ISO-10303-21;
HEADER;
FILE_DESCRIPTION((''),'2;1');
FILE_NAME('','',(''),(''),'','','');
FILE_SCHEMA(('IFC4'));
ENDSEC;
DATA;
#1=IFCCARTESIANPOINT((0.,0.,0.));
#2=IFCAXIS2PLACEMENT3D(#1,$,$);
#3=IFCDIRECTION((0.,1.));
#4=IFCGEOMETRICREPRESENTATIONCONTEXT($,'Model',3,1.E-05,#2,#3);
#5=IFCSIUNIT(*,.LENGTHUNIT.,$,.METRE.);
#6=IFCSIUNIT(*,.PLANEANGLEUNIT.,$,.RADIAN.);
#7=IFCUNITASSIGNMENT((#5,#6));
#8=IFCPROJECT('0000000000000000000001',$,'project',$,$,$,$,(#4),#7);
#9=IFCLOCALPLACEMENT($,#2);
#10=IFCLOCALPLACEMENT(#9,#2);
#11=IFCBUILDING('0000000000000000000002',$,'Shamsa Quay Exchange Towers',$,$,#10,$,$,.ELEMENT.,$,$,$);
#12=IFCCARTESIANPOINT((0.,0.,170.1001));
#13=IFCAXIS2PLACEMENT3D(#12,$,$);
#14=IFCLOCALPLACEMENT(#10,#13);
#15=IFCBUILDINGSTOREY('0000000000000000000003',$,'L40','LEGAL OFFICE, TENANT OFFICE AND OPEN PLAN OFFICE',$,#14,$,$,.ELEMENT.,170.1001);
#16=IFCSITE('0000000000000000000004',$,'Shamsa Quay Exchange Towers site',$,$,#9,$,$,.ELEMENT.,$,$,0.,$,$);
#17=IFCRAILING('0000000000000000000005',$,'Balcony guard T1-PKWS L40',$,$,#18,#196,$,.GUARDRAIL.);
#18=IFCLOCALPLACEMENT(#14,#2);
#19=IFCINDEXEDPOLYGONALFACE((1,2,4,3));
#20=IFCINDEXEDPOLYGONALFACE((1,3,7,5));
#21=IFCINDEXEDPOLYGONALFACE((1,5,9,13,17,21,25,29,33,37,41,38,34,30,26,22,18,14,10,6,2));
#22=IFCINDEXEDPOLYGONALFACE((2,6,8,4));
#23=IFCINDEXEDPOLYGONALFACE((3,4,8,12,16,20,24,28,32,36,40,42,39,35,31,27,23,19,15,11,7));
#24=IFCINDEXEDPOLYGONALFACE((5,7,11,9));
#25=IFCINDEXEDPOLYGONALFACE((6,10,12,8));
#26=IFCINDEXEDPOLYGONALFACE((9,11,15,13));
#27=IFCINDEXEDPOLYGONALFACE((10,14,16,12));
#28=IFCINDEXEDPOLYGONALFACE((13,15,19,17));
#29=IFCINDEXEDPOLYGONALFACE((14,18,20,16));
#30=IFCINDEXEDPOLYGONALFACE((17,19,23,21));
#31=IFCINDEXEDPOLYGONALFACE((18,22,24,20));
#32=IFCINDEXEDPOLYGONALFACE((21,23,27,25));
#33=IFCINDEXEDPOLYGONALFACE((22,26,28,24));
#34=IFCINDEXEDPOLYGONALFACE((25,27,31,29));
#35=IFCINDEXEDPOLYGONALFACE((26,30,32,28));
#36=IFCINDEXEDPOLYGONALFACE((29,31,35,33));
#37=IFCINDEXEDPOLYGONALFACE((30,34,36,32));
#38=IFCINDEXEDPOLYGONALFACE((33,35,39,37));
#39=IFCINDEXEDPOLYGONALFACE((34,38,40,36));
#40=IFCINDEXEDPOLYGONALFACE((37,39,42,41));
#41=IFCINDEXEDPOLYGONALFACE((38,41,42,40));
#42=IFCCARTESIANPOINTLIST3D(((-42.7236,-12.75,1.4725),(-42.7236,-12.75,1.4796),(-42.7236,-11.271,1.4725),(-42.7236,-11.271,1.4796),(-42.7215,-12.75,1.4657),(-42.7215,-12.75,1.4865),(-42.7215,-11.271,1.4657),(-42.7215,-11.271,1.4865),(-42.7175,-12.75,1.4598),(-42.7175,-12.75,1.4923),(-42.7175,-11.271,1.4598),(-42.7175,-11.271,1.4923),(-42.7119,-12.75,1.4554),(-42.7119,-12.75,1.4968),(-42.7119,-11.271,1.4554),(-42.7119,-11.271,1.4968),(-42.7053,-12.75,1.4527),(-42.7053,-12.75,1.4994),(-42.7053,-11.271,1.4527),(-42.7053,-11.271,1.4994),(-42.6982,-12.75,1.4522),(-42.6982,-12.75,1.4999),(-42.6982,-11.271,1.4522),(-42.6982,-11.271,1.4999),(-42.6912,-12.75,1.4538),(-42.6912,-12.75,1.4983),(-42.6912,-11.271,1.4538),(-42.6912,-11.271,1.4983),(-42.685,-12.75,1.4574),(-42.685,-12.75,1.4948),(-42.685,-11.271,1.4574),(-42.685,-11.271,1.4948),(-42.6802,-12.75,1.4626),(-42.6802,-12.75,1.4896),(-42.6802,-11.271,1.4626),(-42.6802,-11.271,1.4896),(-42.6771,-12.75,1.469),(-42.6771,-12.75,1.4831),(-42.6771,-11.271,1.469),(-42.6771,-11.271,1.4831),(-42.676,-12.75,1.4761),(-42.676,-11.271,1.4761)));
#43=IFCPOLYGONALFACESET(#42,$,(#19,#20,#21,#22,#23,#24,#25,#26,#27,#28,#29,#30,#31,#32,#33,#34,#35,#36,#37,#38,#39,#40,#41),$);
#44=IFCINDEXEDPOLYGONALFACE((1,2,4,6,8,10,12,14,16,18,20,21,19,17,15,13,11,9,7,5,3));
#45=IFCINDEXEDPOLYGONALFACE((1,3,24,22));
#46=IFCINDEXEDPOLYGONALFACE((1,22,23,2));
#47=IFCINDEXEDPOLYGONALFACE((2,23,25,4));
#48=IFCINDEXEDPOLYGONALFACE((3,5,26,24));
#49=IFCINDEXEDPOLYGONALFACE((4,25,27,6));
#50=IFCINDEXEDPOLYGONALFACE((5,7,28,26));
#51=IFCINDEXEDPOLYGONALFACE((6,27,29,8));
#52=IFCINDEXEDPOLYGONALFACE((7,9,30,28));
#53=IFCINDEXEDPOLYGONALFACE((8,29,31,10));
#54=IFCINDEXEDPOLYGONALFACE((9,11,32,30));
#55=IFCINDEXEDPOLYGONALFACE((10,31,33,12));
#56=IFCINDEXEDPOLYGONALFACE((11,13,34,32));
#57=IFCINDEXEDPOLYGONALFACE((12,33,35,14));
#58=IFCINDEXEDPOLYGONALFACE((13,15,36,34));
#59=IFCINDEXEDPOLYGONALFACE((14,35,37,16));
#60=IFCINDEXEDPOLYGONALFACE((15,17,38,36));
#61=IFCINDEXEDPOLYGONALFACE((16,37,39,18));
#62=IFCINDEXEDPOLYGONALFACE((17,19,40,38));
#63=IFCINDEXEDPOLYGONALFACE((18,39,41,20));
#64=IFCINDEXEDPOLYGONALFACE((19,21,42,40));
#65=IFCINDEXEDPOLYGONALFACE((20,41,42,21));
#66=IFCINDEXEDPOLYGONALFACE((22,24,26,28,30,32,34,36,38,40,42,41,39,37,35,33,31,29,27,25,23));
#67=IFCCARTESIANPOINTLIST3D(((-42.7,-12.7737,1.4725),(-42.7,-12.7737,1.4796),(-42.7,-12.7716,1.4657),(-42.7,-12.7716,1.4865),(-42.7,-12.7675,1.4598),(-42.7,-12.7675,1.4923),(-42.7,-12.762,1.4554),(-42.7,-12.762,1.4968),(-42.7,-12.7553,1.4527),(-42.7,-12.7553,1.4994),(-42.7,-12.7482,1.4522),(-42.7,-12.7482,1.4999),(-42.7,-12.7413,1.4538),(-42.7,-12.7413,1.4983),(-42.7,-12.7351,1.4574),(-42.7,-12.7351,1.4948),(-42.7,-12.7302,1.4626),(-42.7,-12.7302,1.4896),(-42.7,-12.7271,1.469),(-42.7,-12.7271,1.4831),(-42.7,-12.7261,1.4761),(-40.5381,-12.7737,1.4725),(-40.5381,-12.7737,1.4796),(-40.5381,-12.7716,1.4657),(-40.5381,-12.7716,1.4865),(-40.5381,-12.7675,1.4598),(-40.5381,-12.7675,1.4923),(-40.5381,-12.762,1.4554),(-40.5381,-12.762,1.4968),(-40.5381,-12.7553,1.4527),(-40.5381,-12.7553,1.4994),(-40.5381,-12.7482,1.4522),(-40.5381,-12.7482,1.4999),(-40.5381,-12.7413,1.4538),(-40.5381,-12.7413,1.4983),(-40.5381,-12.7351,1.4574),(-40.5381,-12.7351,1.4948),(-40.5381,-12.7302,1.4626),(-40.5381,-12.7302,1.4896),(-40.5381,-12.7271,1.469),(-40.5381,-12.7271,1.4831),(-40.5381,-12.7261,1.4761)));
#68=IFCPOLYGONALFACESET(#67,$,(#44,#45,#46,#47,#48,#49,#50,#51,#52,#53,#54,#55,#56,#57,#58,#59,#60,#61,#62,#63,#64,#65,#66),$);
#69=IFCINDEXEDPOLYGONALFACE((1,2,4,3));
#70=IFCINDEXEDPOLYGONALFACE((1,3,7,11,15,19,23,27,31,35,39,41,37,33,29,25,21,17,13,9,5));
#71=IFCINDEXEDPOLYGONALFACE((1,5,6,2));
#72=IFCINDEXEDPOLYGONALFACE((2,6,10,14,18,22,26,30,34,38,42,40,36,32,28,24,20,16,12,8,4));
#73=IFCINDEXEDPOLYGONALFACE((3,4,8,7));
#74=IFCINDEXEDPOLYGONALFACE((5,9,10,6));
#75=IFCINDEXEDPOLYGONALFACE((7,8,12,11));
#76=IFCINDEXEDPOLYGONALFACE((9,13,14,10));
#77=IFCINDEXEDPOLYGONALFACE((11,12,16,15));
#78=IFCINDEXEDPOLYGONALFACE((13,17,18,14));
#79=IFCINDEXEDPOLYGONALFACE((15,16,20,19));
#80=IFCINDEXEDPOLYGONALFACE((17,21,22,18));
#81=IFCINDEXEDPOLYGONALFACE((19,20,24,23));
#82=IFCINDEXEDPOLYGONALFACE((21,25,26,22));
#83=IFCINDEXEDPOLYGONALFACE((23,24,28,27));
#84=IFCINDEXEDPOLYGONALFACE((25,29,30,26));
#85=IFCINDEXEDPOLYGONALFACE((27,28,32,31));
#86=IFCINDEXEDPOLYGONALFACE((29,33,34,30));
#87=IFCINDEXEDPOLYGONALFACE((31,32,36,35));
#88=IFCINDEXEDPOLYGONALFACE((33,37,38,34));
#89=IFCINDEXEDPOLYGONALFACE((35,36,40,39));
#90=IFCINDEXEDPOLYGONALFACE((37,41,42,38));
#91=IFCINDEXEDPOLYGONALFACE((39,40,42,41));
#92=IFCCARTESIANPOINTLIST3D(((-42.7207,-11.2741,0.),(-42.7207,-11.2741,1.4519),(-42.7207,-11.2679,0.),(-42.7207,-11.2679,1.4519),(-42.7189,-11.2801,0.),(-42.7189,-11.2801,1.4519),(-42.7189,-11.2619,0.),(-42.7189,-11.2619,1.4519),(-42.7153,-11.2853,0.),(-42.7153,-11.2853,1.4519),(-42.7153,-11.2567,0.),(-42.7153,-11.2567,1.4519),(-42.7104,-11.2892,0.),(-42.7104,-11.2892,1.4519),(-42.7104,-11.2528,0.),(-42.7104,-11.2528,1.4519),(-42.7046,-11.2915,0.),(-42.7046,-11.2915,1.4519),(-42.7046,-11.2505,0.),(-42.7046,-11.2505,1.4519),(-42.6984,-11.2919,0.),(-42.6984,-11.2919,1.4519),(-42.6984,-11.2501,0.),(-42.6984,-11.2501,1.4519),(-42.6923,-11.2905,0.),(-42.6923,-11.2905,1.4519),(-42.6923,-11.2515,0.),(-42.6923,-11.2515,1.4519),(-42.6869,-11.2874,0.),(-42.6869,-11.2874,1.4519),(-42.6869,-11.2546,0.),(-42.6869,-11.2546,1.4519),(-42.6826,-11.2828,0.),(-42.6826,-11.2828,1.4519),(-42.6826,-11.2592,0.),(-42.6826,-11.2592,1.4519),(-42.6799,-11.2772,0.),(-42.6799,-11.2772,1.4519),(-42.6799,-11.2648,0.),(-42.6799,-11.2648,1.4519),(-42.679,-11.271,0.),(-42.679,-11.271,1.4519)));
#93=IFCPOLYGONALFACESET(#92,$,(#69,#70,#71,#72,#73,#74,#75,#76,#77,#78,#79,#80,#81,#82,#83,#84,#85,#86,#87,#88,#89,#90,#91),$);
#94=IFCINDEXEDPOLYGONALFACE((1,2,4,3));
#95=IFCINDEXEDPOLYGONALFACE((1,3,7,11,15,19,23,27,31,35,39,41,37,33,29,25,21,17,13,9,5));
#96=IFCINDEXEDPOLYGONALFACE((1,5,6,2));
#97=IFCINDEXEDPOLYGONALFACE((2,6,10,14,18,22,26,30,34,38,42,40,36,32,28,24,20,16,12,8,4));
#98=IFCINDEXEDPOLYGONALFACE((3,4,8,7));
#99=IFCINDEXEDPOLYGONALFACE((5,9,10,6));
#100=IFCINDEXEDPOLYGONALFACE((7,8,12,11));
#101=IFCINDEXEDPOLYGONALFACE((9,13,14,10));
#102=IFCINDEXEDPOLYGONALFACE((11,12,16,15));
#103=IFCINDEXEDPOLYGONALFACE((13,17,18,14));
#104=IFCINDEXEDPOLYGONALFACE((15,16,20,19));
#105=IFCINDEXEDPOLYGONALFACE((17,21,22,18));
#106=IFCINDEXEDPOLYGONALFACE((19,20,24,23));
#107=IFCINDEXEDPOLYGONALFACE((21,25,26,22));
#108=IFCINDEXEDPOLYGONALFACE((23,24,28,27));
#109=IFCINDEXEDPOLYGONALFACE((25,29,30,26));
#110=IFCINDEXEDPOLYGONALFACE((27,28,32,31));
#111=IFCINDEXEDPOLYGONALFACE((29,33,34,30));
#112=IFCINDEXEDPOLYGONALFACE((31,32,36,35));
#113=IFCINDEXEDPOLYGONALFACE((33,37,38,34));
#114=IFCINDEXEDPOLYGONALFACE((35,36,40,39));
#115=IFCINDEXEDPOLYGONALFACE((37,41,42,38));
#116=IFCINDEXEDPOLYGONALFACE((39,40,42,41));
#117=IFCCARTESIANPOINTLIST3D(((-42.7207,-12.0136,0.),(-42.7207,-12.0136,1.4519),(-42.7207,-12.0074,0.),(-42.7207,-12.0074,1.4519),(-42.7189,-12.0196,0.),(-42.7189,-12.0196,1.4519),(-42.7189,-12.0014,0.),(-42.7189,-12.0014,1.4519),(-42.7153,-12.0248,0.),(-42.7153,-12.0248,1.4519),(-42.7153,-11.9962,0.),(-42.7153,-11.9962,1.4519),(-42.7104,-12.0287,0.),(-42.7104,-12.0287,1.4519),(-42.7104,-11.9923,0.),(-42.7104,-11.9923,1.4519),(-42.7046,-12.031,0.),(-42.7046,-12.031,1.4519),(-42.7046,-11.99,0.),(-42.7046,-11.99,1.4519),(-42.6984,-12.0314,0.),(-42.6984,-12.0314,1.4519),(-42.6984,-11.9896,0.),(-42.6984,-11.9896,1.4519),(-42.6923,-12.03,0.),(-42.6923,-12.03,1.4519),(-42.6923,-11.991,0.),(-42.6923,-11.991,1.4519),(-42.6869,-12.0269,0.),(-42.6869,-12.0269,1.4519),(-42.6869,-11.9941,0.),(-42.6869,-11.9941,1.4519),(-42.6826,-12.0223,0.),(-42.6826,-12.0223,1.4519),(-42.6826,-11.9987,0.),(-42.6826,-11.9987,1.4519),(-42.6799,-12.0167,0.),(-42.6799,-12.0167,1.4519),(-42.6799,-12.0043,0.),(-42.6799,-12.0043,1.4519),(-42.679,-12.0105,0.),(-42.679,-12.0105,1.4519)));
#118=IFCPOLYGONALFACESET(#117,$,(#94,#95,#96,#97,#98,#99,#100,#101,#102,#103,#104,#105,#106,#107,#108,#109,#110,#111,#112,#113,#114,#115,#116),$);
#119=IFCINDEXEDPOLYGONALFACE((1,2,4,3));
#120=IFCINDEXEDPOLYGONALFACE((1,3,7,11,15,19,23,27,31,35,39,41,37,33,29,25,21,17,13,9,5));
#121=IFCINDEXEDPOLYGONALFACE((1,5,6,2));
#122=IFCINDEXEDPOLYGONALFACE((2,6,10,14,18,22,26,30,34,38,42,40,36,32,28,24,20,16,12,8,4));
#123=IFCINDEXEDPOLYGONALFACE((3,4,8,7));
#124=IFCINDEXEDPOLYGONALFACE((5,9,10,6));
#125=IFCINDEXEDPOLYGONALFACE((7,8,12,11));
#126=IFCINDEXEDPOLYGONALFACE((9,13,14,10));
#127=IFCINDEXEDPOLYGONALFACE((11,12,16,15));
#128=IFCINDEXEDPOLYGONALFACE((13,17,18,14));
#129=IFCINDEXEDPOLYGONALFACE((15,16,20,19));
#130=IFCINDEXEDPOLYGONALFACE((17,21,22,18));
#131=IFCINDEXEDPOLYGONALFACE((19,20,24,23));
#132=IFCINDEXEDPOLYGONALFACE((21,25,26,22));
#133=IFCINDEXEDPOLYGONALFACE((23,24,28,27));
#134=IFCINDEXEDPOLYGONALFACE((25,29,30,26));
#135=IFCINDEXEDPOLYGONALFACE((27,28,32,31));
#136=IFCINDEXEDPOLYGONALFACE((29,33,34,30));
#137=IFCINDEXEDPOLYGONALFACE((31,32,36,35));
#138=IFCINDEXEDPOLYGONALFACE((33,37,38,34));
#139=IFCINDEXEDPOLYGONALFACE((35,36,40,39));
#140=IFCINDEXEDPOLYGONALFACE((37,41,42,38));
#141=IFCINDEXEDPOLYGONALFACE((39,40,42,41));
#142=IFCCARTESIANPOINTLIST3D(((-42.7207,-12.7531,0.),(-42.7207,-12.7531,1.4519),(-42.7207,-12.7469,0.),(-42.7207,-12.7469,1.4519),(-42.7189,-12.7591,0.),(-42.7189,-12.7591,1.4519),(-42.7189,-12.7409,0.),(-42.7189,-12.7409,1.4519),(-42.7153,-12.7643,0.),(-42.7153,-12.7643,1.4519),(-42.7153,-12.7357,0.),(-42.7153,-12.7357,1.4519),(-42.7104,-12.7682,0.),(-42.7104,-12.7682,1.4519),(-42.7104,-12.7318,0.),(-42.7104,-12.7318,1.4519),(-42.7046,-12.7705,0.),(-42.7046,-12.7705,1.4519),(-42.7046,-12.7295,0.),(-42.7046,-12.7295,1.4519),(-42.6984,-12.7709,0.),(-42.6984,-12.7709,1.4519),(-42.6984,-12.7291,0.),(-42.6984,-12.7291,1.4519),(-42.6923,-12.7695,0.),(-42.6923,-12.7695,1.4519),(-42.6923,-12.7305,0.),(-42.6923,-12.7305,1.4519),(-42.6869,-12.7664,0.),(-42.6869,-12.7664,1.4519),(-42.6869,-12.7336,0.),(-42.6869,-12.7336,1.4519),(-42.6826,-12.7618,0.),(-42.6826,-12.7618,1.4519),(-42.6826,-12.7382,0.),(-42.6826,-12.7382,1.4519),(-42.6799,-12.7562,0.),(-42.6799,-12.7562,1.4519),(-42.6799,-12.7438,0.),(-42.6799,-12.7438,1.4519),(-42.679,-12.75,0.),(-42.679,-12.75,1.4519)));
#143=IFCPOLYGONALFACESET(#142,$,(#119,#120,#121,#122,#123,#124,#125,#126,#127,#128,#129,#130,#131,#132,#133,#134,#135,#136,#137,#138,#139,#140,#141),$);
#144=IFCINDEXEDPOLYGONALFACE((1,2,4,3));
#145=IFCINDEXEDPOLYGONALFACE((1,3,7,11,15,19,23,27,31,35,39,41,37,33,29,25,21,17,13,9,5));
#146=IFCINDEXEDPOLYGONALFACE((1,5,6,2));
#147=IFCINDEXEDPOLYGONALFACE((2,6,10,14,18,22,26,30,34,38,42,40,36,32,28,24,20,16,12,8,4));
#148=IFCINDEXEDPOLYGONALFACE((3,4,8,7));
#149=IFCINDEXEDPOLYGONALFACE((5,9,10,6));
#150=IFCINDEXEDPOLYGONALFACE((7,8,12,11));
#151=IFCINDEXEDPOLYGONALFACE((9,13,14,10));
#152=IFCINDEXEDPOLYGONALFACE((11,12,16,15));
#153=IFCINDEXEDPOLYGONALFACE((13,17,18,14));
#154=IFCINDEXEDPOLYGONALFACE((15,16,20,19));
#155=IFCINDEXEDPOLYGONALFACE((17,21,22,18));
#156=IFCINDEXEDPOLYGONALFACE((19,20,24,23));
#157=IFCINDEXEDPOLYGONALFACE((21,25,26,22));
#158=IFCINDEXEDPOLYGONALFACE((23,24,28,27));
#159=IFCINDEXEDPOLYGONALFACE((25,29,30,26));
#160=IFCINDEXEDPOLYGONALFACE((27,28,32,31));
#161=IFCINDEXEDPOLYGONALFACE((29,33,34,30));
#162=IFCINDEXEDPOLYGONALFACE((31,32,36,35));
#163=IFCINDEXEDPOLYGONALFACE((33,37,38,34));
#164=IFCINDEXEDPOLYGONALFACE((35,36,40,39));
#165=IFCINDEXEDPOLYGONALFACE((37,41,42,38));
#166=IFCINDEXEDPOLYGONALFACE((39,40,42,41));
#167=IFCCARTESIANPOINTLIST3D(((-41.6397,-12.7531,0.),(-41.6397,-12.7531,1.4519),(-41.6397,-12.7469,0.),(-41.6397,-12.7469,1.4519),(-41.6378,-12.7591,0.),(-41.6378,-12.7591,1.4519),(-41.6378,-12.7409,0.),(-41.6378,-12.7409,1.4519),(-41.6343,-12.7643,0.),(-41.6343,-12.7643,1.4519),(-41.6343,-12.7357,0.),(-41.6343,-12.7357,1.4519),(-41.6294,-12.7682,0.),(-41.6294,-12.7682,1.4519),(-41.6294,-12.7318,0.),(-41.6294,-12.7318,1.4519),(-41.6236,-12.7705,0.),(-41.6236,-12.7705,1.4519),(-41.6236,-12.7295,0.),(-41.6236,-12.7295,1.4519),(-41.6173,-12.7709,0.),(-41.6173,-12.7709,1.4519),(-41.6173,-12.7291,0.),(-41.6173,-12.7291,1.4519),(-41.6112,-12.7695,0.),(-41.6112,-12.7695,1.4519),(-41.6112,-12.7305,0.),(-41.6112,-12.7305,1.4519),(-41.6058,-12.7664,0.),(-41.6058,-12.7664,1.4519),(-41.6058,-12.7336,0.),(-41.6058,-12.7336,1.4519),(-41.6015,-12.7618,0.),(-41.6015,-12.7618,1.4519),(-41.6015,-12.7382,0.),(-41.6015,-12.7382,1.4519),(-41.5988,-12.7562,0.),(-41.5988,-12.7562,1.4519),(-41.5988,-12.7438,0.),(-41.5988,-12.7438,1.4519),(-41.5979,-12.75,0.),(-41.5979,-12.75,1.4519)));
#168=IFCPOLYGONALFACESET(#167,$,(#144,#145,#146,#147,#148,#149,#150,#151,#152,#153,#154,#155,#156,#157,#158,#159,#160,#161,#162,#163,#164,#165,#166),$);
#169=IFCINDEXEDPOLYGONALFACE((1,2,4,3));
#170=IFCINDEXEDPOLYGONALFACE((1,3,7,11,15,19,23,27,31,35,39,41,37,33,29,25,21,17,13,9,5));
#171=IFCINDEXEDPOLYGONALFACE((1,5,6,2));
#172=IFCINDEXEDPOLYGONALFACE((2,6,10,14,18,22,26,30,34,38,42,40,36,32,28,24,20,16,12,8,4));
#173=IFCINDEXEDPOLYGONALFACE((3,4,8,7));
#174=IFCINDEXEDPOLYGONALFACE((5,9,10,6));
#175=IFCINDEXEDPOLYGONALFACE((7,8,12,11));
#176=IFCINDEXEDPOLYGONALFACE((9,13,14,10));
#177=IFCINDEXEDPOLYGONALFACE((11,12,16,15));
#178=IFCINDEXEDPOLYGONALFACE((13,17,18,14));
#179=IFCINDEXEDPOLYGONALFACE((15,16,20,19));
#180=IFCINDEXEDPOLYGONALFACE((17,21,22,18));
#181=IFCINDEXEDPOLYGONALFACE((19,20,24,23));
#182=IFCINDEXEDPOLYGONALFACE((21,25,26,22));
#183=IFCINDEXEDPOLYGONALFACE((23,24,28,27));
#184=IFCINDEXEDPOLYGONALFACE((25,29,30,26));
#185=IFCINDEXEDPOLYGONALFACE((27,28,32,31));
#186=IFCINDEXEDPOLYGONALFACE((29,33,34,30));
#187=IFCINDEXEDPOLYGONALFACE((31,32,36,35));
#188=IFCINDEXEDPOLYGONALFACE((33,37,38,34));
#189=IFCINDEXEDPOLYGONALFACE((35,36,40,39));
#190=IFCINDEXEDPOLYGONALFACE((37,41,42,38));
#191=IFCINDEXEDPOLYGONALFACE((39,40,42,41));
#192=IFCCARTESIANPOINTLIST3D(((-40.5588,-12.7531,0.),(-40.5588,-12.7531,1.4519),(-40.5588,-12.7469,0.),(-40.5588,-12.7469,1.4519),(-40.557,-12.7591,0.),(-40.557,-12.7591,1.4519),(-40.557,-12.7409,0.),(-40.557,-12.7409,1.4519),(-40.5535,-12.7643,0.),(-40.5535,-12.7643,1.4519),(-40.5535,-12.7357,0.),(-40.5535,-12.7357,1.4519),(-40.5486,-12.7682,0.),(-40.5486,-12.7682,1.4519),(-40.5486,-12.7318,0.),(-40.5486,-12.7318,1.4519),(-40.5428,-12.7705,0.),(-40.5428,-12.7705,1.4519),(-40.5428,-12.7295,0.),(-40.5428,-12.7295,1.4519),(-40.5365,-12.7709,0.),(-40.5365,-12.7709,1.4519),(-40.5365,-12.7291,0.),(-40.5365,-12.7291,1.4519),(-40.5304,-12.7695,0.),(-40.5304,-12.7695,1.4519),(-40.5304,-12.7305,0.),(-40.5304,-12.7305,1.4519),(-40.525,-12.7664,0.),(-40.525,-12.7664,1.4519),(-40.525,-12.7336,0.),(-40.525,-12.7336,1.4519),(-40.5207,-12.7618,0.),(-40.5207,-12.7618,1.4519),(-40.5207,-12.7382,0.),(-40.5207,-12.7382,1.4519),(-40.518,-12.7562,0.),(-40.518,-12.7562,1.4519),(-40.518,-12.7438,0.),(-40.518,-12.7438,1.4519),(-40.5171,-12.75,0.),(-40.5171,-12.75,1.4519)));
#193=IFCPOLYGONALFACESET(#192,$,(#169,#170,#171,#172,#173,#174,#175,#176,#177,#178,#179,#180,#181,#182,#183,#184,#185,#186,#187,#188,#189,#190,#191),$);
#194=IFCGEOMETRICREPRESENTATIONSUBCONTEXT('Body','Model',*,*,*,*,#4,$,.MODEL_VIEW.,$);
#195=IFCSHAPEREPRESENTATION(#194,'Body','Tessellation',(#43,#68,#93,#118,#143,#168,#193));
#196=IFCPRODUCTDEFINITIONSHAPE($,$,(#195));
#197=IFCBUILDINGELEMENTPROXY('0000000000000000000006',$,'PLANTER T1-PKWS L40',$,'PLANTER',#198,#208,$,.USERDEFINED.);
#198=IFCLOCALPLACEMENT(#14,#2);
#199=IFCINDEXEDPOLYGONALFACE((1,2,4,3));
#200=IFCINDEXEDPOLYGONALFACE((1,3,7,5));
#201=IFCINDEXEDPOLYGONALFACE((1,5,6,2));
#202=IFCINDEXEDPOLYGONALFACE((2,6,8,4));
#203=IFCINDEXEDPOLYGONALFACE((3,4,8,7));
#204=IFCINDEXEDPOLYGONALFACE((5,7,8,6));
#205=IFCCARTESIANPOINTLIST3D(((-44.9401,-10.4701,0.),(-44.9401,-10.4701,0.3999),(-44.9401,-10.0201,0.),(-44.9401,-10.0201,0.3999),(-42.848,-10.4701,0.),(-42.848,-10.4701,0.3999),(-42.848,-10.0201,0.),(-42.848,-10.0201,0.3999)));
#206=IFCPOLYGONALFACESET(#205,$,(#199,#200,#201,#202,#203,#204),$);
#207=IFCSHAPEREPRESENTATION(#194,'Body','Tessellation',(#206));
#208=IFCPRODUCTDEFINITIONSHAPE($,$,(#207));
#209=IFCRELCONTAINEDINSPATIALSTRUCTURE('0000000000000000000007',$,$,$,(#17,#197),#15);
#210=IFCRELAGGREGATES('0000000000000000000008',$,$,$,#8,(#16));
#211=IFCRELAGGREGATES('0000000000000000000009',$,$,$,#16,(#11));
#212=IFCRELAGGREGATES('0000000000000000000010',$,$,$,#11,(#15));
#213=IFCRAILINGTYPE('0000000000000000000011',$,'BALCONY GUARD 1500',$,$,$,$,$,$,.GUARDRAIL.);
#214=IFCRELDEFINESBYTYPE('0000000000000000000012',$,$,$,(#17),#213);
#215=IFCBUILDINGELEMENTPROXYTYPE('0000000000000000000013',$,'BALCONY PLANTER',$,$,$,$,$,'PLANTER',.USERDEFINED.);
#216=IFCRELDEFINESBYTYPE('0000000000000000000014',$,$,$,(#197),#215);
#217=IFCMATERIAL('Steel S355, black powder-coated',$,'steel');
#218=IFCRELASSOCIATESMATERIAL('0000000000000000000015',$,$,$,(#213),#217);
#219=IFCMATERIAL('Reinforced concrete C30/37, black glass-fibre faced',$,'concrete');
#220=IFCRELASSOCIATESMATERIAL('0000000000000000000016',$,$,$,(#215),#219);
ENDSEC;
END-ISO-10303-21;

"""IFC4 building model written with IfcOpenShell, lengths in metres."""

from ifc_helpers import new_model, si_unit, direction, frame, origin, origin_2d, place, context, subcontext, project, spatial, rectangle, circle, extrude, material, type_object, element, save


model = new_model("IFC4")

# Units and contexts
model_context = context("Model", 3, precision=1e-05, world=origin(), true_north=direction((0.0, 1.0)))
body_context = subcontext(model_context, "Body", "Model", "MODEL_VIEW")
ifc_project = project(units=[si_unit("LENGTHUNIT", "METRE"), si_unit("PLANEANGLEUNIT", "RADIAN")], contexts=[model_context])

# Site, building, storey
site_placement = place(None, origin())
site = spatial("IfcSite", under=ifc_project, at=site_placement, Name="Shamsa Quay Exchange Towers site", CompositionType="ELEMENT", RefElevation=0.0)
building_placement = place(site_placement, origin())
building = spatial("IfcBuilding", under=site, at=building_placement, Name="Shamsa Quay Exchange Towers", CompositionType="ELEMENT")
storey_placement = place(building_placement, frame((0.0, 0.0, 170.1001)))
storey = spatial("IfcBuildingStorey", under=building, at=storey_placement, Name="L40", Description="LEGAL OFFICE, TENANT OFFICE AND OPEN PLAN OFFICE", CompositionType="ELEMENT", Elevation=170.1001)

# Railing
ifc_material_1 = material(Name="Steel S355, black powder-coated", Category="steel")
railing_type_1 = type_object("IfcRailingType", Name="BALCONY GUARD 1500", PredefinedType="GUARDRAIL", material=ifc_material_1)
for number, where, name in (
    (1, (-42.7, -11.271, 0.0), "Balcony guard T1-PKWS L40"),
):
    element("IfcRailing", number, at=place(storey_placement, frame(where)), inside=storey, type_object=railing_type_1, Name=name, PredefinedType="GUARDRAIL", context=body_context, shape_type="SweptSolid", body=[
        extrude(circle(Radius=0.0239, at=origin_2d()), frame((0.0, 0.0, 1.4761), z_axis=(0.0, -1.0, 0.0), x_axis=(1.0, 0.0, 0.0)), (0.0, 0.0, 1.0), 1.479),
        extrude(circle(Radius=0.0239, at=origin_2d()), frame((0.0, -1.479, 1.4761), z_axis=(1.0, 0.0, 0.0), x_axis=(0.0, 1.0, 0.0)), (0.0, 0.0, 1.0), 2.1619),
        extrude(circle(Radius=0.021, at=origin_2d()), origin(), (0.0, 0.0, 1.0), 1.4519),
        extrude(circle(Radius=0.021, at=origin_2d()), frame((0.0, -0.7395, 0.0)), (0.0, 0.0, 1.0), 1.4519),
        extrude(circle(Radius=0.021, at=origin_2d()), frame((0.0, -1.479, 0.0)), (0.0, 0.0, 1.0), 1.4519),
        extrude(circle(Radius=0.021, at=origin_2d()), frame((1.0811, -1.479, 0.0)), (0.0, 0.0, 1.0), 1.4519),
        extrude(circle(Radius=0.021, at=origin_2d()), frame((2.1619, -1.479, 0.0)), (0.0, 0.0, 1.0), 1.4519),
    ])

# Building element proxy
ifc_material_2 = material(Name="Reinforced concrete C30/37, black glass-fibre faced", Category="concrete")
building_element_proxy_type = type_object("IfcBuildingElementProxyType", Name="BALCONY PLANTER", ElementType="PLANTER", PredefinedType="USERDEFINED", material=ifc_material_2)
proxy_placement = place(storey_placement, frame((-43.894, -10.2451, 0.0)))
element("IfcBuildingElementProxy", 2, at=proxy_placement, inside=storey, type_object=building_element_proxy_type, Name="PLANTER T1-PKWS L40", ObjectType="PLANTER", PredefinedType="USERDEFINED", context=body_context, shape_type="SweptSolid", body=[
    extrude(rectangle(XDim=2.092, YDim=0.45, at=origin_2d()), origin(), (0.0, 0.0, 1.0), 0.3999),
])

save(model, "model.ifc")
